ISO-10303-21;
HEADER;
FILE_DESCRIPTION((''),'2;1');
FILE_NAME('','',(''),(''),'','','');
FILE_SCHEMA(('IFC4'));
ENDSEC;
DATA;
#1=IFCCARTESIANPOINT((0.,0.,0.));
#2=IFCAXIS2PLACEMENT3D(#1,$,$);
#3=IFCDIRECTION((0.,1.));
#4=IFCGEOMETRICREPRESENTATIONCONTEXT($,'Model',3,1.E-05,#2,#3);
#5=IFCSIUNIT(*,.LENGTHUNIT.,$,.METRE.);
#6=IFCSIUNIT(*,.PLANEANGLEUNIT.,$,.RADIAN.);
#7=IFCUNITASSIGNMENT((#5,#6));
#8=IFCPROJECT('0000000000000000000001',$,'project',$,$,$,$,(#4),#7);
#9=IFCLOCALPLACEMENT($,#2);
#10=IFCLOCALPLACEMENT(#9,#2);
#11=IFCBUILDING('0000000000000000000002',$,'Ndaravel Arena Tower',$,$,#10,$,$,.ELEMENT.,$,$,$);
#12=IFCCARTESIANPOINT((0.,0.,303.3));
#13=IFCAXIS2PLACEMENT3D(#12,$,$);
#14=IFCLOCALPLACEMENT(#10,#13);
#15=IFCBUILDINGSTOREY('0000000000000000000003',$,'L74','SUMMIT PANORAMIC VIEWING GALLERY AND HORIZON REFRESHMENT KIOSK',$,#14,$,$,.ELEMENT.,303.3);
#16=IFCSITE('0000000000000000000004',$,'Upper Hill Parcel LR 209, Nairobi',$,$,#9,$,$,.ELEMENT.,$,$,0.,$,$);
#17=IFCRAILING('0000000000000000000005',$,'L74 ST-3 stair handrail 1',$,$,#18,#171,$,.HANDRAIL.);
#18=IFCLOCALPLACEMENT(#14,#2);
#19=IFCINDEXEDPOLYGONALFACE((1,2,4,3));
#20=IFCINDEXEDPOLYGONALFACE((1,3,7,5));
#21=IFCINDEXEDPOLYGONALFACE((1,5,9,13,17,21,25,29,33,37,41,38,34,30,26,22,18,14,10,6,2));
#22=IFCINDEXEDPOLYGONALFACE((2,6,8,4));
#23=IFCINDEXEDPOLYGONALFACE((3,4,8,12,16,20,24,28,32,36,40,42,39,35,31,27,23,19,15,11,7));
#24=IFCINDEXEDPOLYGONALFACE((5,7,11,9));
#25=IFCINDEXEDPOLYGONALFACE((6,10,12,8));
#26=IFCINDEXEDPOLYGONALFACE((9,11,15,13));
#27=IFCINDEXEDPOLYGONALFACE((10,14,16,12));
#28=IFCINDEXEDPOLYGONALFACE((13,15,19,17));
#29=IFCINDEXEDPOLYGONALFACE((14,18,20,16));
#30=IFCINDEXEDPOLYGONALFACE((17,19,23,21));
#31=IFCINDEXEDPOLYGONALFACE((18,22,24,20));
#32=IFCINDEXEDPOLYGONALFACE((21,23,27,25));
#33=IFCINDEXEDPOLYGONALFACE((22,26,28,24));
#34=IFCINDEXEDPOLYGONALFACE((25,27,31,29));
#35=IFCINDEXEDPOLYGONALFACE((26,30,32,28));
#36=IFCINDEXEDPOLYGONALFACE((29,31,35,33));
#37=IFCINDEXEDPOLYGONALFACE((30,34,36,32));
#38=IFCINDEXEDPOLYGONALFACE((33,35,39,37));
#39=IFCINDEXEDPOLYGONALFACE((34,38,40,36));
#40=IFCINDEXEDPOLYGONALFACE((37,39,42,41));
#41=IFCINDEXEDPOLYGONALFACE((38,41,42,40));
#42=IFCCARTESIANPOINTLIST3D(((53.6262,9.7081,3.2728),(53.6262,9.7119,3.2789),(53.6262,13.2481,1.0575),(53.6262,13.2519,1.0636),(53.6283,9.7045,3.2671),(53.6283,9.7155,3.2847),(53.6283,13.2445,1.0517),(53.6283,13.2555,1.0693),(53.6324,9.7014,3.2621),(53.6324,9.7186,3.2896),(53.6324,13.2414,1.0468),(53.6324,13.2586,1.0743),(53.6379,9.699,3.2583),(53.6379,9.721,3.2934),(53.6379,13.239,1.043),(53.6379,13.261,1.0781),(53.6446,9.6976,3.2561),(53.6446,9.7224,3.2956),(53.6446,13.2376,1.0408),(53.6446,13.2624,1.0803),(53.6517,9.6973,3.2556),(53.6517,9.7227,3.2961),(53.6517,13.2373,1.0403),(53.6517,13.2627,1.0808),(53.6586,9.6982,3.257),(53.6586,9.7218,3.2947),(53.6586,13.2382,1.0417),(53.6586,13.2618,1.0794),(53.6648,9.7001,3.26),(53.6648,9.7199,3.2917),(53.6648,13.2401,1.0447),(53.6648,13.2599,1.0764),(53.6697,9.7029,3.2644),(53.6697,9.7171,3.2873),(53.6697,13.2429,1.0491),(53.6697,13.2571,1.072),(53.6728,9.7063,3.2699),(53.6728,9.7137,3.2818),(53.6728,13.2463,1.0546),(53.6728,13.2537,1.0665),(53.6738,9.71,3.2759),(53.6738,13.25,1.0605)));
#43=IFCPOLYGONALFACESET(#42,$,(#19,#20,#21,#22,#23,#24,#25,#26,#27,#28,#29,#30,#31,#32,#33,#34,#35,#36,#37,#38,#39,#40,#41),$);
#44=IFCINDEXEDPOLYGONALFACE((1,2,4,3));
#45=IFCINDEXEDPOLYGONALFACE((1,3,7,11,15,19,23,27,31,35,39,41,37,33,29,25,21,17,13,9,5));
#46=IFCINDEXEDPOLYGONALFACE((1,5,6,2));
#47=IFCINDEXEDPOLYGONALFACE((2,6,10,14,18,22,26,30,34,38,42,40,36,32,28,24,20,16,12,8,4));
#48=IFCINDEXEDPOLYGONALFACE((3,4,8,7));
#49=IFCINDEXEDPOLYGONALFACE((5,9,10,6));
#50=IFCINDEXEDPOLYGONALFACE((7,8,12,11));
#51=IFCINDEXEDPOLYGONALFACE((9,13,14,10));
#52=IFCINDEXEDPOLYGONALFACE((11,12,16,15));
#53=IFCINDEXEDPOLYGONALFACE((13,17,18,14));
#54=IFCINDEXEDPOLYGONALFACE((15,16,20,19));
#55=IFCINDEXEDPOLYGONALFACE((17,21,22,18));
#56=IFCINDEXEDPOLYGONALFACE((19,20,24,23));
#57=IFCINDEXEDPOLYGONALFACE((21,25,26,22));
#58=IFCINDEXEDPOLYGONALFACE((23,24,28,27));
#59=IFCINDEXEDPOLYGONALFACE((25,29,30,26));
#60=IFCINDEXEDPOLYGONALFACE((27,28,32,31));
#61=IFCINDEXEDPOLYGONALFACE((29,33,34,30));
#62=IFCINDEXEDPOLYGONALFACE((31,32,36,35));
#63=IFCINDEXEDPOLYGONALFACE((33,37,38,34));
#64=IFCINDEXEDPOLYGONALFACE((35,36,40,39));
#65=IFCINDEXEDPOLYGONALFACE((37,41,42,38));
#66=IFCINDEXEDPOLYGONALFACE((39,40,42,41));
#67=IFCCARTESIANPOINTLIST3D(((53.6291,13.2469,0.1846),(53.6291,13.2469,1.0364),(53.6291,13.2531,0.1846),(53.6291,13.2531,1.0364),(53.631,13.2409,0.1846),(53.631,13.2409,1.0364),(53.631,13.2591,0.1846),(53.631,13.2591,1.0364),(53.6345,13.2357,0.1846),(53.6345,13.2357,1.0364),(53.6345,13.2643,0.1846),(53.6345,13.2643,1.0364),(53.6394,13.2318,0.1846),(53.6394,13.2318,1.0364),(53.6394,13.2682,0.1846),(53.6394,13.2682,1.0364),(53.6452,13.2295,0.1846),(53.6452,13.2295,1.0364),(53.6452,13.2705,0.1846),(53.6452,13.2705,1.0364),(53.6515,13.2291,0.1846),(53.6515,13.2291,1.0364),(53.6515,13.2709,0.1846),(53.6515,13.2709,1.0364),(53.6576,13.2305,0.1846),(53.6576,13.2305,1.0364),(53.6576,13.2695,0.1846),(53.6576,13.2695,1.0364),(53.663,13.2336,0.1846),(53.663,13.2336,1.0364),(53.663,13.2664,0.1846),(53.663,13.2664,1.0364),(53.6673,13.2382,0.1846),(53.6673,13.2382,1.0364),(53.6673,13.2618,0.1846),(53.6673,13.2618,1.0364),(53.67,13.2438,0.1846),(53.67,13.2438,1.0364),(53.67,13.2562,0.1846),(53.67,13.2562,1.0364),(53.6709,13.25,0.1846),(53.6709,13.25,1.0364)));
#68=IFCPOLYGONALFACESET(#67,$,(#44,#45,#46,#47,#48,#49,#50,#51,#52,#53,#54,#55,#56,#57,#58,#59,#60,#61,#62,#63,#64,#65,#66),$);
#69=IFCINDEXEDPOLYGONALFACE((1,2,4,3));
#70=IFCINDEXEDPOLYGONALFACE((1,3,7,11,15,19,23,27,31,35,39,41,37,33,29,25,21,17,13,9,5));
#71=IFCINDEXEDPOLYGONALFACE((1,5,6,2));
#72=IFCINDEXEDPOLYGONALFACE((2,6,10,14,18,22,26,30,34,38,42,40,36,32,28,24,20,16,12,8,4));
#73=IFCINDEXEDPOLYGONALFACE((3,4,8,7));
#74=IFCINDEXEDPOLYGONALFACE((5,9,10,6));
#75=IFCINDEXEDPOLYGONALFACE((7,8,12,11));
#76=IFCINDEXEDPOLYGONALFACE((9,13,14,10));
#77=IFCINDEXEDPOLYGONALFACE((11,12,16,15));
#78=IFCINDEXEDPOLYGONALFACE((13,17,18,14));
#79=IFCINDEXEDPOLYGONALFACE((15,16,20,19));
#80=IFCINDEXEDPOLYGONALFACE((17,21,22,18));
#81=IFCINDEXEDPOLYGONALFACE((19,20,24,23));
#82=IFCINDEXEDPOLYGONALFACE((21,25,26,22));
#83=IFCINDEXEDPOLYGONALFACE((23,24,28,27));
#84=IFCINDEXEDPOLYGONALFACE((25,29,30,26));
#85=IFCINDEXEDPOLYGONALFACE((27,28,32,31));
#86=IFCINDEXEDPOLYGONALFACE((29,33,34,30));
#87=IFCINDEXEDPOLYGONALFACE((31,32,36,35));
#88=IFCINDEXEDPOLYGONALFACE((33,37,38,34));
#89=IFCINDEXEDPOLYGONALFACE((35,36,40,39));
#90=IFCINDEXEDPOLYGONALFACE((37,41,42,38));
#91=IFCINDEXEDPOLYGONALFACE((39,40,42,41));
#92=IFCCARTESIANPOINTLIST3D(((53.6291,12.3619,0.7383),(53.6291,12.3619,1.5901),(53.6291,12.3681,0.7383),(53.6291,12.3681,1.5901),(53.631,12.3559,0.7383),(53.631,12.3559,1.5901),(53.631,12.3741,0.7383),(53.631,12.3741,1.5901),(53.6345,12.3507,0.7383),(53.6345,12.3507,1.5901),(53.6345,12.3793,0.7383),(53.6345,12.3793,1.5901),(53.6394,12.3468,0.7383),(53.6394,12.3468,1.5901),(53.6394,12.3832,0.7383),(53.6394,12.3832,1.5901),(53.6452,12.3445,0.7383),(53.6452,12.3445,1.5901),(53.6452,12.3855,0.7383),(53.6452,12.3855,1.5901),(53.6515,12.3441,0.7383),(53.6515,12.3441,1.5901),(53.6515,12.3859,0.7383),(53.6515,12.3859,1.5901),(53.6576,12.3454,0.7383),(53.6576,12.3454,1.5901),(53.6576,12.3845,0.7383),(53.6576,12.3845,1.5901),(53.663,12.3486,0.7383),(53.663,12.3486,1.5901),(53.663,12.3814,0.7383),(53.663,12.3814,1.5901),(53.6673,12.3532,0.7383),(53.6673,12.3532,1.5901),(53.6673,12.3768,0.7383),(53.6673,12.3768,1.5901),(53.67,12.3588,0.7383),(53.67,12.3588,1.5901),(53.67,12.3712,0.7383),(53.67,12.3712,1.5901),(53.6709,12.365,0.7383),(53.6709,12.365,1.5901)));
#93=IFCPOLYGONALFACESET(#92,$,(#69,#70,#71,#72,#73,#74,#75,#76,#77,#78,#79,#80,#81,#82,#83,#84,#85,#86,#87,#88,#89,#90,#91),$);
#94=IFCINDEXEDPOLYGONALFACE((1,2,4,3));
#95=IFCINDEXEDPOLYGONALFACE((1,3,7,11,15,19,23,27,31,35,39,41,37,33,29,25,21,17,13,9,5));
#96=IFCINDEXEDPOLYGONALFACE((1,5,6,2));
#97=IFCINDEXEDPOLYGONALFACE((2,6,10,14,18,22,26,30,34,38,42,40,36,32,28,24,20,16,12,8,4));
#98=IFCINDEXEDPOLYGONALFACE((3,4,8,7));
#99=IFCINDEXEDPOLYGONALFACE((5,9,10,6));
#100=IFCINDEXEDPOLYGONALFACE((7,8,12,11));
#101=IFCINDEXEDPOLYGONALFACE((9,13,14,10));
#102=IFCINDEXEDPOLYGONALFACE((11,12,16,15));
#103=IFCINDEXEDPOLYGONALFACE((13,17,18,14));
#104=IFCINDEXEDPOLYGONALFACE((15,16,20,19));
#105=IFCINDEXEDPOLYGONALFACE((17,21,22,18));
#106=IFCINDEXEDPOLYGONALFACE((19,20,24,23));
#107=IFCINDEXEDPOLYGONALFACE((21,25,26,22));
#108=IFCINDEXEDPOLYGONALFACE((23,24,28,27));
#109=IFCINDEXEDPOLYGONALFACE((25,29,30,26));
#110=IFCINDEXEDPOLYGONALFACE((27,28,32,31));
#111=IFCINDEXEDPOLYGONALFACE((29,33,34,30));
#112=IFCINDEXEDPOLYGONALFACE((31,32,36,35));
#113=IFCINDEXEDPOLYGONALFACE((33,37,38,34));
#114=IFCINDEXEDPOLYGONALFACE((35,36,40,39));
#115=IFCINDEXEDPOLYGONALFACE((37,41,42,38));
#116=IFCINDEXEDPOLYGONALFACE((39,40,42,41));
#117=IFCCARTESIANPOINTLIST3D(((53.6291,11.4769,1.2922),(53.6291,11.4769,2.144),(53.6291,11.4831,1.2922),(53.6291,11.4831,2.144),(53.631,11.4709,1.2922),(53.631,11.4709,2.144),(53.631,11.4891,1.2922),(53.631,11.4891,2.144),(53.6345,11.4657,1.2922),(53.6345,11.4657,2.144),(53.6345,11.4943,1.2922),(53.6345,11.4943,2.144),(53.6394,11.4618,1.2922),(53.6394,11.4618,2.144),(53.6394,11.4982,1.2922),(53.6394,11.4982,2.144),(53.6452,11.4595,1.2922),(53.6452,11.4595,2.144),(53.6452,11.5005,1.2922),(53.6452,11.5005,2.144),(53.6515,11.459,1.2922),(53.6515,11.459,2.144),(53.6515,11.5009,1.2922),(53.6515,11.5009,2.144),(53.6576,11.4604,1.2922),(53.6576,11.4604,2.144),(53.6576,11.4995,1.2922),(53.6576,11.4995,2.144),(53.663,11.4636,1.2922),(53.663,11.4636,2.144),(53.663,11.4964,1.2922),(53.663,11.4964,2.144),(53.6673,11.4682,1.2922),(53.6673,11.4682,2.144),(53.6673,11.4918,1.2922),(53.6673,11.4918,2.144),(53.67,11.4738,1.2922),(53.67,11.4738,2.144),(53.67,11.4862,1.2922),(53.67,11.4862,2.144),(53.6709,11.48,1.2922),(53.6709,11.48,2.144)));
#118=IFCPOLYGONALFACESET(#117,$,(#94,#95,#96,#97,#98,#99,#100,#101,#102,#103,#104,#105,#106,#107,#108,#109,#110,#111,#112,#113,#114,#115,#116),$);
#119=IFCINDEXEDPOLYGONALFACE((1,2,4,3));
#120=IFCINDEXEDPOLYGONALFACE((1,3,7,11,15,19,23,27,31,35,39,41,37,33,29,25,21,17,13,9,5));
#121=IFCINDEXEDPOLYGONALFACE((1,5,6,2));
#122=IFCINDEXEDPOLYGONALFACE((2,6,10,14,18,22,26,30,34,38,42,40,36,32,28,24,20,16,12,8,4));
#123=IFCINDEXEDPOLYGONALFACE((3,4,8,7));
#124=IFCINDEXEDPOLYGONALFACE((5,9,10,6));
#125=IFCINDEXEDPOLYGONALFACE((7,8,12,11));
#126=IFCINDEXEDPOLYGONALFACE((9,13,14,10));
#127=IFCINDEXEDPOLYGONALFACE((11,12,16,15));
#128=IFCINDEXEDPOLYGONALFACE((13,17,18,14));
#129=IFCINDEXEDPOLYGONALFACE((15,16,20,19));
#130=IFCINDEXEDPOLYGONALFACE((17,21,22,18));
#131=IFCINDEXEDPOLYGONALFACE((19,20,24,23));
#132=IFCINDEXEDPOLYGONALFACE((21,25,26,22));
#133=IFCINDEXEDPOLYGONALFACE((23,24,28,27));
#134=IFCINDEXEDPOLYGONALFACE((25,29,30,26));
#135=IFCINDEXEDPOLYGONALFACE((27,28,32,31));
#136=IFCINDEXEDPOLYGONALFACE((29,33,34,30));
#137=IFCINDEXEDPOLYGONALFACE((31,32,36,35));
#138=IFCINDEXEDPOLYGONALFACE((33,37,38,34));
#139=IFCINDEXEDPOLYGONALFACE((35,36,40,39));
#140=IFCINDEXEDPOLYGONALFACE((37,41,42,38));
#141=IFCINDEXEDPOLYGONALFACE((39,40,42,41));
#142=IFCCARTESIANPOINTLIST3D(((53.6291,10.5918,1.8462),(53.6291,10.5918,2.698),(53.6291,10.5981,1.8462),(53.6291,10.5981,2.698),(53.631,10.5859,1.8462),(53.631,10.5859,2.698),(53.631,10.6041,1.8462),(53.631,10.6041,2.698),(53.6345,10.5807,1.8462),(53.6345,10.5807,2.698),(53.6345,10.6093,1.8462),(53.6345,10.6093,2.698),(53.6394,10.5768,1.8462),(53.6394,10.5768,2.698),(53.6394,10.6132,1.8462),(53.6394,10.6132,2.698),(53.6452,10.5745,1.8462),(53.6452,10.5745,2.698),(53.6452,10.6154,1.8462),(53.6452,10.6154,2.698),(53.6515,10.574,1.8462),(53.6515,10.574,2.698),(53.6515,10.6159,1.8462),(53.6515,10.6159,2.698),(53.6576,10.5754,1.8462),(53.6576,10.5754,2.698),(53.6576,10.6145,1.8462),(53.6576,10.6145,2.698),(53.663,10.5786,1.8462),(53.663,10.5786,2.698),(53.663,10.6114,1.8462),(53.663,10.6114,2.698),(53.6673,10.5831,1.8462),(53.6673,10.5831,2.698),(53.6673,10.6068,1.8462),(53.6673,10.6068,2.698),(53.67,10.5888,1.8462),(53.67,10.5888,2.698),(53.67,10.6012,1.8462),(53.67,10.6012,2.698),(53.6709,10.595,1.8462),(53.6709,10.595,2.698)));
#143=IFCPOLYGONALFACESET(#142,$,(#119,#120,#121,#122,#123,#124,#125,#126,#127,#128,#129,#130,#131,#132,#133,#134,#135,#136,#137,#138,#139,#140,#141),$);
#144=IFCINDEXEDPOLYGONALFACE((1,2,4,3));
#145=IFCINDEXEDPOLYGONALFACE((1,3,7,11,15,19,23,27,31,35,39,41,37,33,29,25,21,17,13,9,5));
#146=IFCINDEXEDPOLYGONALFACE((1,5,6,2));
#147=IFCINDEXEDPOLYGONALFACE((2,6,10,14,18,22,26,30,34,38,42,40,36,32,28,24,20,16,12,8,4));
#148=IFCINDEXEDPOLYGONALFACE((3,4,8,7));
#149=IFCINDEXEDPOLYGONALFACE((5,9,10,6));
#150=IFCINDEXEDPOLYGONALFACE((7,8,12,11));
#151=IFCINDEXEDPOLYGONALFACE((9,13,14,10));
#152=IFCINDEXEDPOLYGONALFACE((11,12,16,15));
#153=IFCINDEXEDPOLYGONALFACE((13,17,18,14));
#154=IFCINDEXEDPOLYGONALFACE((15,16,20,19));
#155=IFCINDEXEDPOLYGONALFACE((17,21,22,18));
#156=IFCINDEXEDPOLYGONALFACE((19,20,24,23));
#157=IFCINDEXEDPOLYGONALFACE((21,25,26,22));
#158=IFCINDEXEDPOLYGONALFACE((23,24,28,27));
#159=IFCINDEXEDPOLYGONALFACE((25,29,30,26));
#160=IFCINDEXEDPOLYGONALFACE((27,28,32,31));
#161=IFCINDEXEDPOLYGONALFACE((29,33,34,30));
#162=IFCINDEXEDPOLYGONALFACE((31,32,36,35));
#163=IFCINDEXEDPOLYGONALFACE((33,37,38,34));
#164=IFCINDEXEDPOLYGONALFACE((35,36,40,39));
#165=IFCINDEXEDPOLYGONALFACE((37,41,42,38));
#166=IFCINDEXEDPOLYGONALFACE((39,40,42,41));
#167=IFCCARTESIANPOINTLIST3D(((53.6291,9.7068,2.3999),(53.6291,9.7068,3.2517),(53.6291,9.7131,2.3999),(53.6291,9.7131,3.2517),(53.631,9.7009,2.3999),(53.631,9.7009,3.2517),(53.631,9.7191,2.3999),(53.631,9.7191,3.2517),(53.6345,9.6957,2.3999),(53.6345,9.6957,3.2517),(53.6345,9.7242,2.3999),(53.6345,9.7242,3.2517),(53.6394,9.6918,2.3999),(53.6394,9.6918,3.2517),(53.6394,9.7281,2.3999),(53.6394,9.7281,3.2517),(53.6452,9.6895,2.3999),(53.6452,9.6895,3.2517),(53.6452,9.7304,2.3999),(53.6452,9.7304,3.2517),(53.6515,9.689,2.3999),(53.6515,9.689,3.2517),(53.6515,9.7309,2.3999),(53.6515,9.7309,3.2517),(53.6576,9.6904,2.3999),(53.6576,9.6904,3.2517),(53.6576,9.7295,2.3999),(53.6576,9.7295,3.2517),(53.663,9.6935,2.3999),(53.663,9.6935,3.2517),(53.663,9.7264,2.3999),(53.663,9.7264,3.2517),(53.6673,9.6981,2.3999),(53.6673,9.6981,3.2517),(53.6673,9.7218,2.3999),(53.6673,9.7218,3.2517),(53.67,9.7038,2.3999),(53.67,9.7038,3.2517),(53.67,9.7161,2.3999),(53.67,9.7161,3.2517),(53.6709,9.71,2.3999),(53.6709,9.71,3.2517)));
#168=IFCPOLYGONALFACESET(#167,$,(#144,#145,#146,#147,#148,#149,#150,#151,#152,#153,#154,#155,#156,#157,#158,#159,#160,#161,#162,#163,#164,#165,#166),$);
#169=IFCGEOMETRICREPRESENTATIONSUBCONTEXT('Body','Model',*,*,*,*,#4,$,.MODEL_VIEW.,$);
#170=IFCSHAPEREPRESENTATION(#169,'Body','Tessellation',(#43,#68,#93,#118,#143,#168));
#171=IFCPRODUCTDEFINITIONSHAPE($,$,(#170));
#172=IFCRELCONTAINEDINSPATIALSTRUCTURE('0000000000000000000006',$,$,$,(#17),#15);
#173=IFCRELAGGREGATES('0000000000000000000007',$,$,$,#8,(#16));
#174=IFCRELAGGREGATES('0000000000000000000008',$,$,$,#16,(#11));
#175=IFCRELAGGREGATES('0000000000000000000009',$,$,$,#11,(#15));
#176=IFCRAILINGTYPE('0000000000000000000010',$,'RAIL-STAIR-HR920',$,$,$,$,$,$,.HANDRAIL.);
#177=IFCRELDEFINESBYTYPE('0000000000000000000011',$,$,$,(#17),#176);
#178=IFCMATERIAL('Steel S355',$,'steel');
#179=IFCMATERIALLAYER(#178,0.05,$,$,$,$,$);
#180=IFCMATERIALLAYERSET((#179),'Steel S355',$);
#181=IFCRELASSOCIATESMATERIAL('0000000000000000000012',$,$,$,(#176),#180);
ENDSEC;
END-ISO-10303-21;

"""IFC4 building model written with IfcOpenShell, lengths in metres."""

from ifc_helpers import new_model, si_unit, direction, frame, origin, origin_2d, place, context, subcontext, project, spatial, circle, extrude, material, layer, layer_set, type_object, element, save


model = new_model("IFC4")

# Units and contexts
model_context = context("Model", 3, precision=1e-05, world=origin(), true_north=direction((0.0, 1.0)))
body_context = subcontext(model_context, "Body", "Model", "MODEL_VIEW")
ifc_project = project(units=[si_unit("LENGTHUNIT", "METRE"), si_unit("PLANEANGLEUNIT", "RADIAN")], contexts=[model_context])

# Site, building, storey
site_placement = place(None, origin())
site = spatial("IfcSite", under=ifc_project, at=site_placement, Name="Upper Hill Parcel LR 209, Nairobi", CompositionType="ELEMENT", RefElevation=0.0)
building_placement = place(site_placement, origin())
building = spatial("IfcBuilding", under=site, at=building_placement, Name="Ndaravel Arena Tower", CompositionType="ELEMENT")
storey_placement = place(building_placement, frame((0.0, 0.0, 303.3)))
storey = spatial("IfcBuildingStorey", under=building, at=storey_placement, Name="L74", Description="SUMMIT PANORAMIC VIEWING GALLERY AND HORIZON REFRESHMENT KIOSK", CompositionType="ELEMENT", Elevation=303.3)

# Railing
ifc_material_1 = material(Name="Steel S355", Category="steel")
ifc_layer_1 = layer(ifc_material_1, 0.05)
ifc_layer_set_1 = layer_set([ifc_layer_1], Name="Steel S355")
railing_type_1 = type_object("IfcRailingType", Name="RAIL-STAIR-HR920", PredefinedType="HANDRAIL", material=ifc_layer_set_1)
railing_1_placement = place(storey_placement, frame((53.6499, 13.25, 0.1846)))
element("IfcRailing", 1, at=railing_1_placement, inside=storey, type_object=railing_type_1, Name="L74 ST-3 stair handrail 1", PredefinedType="HANDRAIL", context=body_context, shape_type="SweptSolid", body=[
    extrude(circle(Radius=0.0239, at=origin_2d()), frame((0.0, 0.0, 0.876), z_axis=(0.0, -0.847696, 0.530482), x_axis=(1.0, 0.0, 0.0)), (0.0, 0.0, 1.0), 4.176),
    extrude(circle(Radius=0.021, at=origin_2d()), origin(), (0.0, 0.0, 1.0), 0.8518),
    extrude(circle(Radius=0.021, at=origin_2d()), frame((0.0, -0.885, 0.5537)), (0.0, 0.0, 1.0), 0.8518),
    extrude(circle(Radius=0.021, at=origin_2d()), frame((0.0, -1.77, 1.1077)), (0.0, 0.0, 1.0), 0.8518),
    extrude(circle(Radius=0.021, at=origin_2d()), frame((0.0, -2.655, 1.6616)), (0.0, 0.0, 1.0), 0.8518),
    extrude(circle(Radius=0.021, at=origin_2d()), frame((0.0, -3.54, 2.2153)), (0.0, 0.0, 1.0), 0.8518),
])

save(model, "model.ifc")
